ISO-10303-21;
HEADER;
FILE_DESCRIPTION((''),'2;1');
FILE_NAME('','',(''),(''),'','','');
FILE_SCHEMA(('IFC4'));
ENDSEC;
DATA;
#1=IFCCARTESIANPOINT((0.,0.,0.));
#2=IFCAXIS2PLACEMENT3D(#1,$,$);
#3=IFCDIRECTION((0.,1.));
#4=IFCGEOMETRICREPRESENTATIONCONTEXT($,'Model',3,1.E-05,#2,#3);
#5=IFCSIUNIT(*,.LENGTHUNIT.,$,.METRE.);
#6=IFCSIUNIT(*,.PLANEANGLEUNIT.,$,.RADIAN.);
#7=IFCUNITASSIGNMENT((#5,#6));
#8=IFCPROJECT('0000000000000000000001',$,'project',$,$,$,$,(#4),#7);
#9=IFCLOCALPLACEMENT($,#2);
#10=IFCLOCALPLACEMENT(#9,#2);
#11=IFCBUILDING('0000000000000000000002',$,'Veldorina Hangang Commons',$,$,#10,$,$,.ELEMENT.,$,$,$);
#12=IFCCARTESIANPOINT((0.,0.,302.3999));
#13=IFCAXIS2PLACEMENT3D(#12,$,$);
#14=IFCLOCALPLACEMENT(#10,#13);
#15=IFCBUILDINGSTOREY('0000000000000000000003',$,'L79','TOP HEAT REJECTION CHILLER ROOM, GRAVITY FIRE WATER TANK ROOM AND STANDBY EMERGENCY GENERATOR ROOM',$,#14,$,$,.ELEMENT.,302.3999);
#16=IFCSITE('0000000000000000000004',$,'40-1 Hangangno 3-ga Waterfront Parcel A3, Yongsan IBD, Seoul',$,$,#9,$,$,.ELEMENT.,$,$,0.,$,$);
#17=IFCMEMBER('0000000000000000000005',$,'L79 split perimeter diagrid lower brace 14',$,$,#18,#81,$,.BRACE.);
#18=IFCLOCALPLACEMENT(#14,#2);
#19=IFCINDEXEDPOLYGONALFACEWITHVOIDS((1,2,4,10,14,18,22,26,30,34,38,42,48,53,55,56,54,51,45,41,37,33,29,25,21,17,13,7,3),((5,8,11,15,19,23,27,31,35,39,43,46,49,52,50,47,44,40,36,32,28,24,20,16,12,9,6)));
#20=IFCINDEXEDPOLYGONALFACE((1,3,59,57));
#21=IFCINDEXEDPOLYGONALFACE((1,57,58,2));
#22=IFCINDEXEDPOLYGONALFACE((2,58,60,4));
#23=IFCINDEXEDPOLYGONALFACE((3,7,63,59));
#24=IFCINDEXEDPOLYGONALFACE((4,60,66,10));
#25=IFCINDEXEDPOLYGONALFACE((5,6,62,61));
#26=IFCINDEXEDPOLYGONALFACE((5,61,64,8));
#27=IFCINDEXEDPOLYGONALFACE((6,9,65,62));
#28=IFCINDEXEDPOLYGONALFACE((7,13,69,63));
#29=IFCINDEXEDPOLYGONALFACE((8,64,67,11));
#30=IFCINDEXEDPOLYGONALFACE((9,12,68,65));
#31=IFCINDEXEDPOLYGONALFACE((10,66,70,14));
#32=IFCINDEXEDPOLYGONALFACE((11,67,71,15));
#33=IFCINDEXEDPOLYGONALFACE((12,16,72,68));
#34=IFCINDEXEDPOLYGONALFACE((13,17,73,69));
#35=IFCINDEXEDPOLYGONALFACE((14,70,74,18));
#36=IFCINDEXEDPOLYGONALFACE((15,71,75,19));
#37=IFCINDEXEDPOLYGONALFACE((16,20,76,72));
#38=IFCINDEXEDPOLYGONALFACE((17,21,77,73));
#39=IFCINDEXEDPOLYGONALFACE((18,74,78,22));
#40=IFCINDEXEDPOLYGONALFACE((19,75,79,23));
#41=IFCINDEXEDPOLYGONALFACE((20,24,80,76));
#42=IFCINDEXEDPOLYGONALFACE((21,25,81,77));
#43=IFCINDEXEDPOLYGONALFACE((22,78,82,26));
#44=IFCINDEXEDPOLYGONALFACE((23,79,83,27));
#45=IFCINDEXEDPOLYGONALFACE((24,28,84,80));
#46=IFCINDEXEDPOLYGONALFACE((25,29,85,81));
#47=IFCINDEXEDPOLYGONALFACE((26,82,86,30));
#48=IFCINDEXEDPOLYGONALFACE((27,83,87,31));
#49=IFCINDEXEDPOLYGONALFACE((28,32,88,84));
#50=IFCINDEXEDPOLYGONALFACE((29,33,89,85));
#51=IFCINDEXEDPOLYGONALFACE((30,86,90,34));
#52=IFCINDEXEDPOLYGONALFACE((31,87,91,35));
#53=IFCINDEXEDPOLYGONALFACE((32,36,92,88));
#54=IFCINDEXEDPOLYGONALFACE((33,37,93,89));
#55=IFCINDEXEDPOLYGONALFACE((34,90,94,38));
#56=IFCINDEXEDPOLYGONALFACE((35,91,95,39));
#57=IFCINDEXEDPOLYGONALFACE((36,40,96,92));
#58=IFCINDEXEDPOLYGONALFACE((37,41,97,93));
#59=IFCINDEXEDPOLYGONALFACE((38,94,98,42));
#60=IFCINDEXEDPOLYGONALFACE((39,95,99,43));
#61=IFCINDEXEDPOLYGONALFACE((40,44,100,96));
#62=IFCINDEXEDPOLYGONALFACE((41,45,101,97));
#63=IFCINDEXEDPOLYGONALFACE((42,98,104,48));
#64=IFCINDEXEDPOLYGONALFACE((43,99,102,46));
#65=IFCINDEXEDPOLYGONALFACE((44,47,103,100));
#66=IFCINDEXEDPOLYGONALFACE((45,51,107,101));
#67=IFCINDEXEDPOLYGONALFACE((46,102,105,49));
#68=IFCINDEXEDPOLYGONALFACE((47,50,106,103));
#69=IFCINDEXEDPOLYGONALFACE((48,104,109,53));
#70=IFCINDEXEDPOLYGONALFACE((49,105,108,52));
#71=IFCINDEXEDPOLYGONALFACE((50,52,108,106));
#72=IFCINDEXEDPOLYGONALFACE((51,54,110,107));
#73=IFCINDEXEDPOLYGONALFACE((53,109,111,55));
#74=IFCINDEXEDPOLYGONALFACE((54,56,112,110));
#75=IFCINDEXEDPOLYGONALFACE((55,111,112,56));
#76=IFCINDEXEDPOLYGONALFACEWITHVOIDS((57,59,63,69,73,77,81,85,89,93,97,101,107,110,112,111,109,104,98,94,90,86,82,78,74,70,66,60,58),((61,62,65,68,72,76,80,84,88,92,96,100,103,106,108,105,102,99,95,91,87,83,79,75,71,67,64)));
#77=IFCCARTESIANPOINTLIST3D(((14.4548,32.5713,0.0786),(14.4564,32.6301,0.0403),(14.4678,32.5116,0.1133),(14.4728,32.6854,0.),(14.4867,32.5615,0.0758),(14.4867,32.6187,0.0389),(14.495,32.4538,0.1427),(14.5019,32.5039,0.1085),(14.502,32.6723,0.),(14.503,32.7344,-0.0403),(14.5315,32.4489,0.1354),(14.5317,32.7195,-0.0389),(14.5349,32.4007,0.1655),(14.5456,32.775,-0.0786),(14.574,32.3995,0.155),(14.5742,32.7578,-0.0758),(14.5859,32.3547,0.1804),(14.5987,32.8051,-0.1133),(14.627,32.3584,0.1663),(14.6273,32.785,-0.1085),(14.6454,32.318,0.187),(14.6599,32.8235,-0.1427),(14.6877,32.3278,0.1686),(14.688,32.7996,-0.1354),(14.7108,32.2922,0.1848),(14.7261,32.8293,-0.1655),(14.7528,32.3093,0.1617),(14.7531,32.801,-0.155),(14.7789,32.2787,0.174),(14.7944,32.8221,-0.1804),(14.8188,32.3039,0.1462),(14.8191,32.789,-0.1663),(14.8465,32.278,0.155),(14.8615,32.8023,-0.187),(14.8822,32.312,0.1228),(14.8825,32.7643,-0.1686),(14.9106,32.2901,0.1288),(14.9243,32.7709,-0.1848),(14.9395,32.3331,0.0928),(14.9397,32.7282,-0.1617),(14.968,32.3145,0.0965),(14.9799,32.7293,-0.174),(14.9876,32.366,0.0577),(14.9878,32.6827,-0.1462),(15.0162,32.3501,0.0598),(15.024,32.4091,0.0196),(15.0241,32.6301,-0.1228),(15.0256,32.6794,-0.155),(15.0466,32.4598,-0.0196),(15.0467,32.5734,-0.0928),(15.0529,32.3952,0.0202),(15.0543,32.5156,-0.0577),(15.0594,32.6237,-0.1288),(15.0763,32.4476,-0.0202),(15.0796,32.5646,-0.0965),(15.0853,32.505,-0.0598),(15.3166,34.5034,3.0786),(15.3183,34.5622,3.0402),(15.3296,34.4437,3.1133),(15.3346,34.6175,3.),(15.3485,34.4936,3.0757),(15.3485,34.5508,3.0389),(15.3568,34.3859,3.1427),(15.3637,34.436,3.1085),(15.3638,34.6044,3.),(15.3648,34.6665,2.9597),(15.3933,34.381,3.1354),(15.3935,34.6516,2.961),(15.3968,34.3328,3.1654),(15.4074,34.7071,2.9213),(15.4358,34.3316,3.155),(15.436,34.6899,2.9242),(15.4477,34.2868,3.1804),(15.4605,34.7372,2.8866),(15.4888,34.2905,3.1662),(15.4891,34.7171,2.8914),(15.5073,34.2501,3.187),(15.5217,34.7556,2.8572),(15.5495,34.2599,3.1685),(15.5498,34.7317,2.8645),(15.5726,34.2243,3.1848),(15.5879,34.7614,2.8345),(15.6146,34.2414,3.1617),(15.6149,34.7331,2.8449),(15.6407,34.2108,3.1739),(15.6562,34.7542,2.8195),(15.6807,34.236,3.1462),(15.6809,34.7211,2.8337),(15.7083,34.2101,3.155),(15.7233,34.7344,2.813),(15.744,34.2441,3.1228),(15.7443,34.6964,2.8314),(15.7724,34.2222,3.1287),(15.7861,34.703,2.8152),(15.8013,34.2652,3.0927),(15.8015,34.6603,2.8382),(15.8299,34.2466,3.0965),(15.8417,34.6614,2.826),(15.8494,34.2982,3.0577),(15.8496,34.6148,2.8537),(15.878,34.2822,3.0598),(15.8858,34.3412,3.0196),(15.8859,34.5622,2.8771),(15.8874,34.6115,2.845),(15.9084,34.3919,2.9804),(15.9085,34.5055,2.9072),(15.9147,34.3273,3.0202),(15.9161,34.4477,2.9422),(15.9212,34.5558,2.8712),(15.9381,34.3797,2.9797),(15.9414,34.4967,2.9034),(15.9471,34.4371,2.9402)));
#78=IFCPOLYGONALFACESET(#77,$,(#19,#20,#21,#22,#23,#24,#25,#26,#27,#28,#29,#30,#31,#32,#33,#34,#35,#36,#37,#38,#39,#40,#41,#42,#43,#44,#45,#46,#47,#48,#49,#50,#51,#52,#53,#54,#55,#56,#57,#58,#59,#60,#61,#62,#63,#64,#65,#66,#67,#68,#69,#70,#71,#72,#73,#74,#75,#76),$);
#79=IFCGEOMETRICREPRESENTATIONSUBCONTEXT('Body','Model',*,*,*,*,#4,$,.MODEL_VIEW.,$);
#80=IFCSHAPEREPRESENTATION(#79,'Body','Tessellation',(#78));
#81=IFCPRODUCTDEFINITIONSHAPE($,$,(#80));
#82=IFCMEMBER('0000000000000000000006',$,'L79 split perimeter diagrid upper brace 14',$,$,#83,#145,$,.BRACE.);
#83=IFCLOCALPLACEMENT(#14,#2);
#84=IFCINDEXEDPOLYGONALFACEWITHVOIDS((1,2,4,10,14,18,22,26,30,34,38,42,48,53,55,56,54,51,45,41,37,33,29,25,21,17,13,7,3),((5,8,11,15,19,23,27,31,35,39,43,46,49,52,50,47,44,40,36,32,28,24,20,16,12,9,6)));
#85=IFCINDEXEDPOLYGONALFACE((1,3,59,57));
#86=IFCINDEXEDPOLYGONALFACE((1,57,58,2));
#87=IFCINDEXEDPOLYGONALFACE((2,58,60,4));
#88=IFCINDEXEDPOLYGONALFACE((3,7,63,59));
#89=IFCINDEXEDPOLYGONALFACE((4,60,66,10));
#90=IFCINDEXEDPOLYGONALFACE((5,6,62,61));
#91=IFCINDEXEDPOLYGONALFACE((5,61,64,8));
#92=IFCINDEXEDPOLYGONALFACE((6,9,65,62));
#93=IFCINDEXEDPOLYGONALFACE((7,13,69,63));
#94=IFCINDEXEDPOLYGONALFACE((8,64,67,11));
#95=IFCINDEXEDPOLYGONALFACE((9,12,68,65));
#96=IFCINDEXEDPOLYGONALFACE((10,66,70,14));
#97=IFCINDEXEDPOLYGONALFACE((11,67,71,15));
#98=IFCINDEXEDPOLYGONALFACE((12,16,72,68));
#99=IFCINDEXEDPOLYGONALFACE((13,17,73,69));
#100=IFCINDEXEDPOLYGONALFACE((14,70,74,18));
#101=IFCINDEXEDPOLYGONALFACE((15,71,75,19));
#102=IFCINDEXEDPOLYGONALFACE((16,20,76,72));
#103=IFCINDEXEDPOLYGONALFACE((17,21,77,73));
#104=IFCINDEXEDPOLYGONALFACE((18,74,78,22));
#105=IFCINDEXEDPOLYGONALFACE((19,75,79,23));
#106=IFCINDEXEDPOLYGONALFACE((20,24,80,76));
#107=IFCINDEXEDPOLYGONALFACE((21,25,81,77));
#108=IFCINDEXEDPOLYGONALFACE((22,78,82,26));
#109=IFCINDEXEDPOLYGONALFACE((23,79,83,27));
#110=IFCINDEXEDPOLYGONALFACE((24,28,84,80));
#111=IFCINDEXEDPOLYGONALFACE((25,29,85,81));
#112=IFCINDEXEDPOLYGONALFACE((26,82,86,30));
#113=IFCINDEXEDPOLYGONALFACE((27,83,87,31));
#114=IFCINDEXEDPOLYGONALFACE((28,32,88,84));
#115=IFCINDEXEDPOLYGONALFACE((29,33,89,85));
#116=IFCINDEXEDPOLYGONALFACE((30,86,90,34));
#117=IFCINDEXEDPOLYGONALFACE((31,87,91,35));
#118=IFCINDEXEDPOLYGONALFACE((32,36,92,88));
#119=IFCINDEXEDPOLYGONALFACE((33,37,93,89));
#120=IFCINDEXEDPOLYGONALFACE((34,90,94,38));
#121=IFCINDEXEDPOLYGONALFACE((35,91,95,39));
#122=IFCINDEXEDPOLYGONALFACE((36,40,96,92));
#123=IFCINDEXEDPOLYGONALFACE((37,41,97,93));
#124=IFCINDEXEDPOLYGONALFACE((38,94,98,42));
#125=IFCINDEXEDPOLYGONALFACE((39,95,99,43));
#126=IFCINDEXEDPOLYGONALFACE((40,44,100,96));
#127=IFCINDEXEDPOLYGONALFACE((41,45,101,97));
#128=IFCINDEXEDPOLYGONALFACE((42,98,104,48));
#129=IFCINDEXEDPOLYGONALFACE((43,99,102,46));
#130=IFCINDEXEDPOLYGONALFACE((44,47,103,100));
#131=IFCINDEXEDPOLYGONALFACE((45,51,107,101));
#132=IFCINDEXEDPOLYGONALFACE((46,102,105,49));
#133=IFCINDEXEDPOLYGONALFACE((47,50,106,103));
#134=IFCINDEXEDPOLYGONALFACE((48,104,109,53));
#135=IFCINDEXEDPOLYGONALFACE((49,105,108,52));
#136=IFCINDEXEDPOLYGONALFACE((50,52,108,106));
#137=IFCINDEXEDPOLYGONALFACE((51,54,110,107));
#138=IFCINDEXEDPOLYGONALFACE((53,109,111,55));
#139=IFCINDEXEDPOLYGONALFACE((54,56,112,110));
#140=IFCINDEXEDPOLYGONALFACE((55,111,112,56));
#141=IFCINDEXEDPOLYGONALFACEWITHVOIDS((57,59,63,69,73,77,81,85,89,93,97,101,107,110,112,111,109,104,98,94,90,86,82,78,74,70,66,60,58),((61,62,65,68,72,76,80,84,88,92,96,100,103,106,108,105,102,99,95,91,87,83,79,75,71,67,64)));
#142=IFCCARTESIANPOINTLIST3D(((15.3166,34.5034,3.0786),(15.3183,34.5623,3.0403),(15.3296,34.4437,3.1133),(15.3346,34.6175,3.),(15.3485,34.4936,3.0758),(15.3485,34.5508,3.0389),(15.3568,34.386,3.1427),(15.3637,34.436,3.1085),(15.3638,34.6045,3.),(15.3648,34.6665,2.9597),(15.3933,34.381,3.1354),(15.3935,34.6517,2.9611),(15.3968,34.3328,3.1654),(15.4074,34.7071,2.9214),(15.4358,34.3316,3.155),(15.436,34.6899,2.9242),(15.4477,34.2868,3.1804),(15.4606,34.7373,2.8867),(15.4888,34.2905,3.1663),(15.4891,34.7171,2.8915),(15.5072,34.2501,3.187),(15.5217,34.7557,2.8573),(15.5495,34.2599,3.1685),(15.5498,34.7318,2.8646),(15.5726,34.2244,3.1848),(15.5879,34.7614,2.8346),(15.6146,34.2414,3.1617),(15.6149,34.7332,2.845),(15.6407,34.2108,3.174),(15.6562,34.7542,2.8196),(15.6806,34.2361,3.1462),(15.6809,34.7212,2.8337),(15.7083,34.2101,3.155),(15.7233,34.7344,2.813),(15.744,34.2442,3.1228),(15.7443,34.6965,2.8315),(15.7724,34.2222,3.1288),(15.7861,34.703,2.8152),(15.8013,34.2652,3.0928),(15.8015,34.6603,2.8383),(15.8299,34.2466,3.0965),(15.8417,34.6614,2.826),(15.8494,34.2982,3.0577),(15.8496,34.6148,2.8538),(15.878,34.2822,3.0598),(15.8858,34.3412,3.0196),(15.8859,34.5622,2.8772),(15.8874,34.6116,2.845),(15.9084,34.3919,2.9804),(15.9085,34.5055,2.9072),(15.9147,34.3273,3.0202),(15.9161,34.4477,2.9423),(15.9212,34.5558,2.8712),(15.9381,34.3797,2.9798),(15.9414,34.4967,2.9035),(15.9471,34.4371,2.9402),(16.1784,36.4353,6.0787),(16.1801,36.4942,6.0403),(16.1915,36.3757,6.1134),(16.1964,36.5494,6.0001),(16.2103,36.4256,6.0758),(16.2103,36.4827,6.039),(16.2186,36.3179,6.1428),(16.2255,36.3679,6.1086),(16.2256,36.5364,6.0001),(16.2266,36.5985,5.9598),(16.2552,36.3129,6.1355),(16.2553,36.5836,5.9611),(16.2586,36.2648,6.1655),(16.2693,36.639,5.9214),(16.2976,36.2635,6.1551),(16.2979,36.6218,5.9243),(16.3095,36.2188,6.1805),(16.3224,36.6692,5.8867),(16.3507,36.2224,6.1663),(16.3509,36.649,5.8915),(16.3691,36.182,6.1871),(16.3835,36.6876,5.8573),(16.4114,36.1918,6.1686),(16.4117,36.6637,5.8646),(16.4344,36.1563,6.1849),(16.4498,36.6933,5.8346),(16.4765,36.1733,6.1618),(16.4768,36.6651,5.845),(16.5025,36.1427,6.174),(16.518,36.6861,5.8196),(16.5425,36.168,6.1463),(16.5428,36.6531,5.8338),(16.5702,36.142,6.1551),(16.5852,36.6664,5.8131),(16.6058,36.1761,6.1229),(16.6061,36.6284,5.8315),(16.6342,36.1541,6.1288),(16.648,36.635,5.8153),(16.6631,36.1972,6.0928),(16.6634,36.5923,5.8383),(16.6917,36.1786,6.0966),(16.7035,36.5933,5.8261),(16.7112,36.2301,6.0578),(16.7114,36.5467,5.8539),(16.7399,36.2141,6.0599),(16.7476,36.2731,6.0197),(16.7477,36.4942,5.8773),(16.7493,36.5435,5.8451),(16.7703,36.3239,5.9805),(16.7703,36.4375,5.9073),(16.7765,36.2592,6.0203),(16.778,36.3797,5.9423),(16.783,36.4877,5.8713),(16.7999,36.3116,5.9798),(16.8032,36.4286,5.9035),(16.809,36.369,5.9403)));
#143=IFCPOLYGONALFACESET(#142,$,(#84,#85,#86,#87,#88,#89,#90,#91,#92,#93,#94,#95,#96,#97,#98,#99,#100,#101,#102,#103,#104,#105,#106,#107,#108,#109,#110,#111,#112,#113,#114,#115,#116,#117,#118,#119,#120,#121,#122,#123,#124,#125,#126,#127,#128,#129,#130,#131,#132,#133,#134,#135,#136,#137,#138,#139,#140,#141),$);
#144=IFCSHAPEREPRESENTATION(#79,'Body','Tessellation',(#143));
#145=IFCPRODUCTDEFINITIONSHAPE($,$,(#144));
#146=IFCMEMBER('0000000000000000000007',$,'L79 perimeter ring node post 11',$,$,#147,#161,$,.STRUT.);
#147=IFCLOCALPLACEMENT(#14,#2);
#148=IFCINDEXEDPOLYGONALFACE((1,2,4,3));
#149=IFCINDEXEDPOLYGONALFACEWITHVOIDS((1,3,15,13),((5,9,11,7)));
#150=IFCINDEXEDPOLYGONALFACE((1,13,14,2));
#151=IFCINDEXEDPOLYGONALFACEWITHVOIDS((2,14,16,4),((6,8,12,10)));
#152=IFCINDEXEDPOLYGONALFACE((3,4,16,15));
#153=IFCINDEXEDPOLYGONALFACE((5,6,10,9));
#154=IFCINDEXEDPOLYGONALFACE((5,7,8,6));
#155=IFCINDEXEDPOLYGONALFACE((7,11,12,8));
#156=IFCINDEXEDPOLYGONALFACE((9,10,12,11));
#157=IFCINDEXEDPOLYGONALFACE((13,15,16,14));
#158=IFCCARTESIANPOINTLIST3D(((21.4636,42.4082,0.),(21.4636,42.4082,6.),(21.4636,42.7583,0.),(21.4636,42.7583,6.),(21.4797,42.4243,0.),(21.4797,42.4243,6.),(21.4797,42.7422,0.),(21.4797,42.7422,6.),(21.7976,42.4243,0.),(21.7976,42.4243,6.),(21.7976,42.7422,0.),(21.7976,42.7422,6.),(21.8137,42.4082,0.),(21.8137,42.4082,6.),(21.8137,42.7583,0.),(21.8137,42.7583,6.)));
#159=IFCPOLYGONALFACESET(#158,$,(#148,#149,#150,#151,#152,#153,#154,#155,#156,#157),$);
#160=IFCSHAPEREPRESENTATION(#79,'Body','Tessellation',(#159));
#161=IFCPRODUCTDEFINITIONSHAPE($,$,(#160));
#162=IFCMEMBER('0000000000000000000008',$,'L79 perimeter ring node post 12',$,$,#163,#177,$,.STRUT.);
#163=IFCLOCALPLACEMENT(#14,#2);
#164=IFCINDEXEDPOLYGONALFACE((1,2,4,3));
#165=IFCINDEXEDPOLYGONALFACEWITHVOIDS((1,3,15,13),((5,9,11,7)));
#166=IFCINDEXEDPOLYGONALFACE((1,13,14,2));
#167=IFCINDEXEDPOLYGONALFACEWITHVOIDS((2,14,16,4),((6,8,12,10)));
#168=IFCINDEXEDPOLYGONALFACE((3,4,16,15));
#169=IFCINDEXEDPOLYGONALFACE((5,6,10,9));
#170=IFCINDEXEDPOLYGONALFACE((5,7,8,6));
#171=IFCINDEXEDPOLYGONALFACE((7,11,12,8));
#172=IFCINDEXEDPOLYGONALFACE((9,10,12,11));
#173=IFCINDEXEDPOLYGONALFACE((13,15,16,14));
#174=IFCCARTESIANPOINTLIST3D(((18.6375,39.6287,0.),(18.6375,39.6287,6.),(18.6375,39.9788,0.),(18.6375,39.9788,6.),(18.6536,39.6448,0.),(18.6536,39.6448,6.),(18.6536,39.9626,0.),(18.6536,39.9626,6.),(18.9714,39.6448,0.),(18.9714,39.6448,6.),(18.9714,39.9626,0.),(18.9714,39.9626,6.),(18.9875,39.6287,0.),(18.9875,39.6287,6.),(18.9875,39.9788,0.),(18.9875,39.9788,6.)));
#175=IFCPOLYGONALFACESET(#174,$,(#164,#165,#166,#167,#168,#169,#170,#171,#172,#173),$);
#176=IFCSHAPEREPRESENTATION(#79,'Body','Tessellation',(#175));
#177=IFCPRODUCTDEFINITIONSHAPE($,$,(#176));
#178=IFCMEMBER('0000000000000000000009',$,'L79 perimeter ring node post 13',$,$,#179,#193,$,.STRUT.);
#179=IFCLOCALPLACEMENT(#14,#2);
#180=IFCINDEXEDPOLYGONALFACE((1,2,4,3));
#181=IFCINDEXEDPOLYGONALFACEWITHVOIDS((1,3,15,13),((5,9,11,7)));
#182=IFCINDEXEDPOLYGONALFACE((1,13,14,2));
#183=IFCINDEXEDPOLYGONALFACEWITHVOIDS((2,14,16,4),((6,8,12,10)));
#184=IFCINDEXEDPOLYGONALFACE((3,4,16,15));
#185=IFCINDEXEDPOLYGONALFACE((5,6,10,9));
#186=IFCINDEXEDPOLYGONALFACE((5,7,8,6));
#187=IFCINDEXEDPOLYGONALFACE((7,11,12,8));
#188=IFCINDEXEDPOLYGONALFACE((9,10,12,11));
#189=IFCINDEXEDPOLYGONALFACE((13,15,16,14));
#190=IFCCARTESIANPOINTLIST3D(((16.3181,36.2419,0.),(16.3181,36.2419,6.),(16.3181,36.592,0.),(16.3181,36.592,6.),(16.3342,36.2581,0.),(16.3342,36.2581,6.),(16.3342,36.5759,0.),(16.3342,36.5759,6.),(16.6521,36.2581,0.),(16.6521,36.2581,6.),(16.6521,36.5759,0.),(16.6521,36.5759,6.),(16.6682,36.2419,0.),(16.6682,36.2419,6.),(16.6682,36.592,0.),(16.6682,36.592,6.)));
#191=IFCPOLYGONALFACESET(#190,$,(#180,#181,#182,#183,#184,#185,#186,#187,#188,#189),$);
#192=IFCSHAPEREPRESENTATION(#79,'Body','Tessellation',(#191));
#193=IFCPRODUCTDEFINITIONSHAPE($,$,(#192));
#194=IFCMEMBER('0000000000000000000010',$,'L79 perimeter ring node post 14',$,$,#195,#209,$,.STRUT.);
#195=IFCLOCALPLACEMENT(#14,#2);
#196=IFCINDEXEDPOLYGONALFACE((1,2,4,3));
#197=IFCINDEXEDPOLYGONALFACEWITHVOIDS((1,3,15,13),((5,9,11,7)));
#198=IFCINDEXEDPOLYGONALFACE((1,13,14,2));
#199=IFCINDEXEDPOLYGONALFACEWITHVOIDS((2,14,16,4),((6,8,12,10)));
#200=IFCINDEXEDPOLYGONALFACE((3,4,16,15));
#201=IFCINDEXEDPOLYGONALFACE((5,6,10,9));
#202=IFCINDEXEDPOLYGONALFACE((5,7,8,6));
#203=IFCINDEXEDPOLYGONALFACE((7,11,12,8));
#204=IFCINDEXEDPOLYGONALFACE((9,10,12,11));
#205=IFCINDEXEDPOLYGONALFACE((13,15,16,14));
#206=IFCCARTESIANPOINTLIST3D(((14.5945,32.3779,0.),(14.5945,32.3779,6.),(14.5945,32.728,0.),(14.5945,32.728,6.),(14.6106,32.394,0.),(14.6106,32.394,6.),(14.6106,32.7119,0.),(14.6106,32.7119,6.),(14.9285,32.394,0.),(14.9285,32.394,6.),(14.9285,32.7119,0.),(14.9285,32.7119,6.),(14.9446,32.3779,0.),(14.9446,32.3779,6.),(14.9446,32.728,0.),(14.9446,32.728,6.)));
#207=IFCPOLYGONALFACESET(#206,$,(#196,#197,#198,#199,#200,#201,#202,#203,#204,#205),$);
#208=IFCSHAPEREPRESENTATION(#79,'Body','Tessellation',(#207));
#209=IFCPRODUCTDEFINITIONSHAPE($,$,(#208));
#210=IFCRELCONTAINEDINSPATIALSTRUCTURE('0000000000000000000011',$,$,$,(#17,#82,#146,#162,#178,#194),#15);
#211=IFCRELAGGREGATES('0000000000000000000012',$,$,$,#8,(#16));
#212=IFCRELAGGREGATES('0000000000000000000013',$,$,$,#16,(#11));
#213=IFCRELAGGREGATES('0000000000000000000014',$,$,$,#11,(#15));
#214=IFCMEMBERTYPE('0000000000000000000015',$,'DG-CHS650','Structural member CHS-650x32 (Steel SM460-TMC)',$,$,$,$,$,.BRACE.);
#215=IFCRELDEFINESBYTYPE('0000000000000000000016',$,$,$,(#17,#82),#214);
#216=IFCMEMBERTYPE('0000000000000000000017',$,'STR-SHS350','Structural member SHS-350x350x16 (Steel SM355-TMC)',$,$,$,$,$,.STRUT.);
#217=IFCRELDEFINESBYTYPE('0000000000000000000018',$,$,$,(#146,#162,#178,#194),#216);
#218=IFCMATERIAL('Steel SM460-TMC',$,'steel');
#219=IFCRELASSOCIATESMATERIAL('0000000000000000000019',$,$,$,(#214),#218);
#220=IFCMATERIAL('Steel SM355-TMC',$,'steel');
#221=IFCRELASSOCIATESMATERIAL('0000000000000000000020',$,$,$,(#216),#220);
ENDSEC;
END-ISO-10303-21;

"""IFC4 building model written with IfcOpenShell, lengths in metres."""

from ifc_helpers import new_model, si_unit, direction, frame, origin, origin_2d, place, context, subcontext, project, spatial, hollow_rectangle, hollow_circle, extrude, material, material_profile, profile_set, type_object, element, save


model = new_model("IFC4")

# Units and contexts
model_context = context("Model", 3, precision=1e-05, world=origin(), true_north=direction((0.0, 1.0)))
body_context = subcontext(model_context, "Body", "Model", "MODEL_VIEW")
ifc_project = project(units=[si_unit("LENGTHUNIT", "METRE"), si_unit("PLANEANGLEUNIT", "RADIAN")], contexts=[model_context])

# Site, building, storey
site_placement = place(None, origin())
site = spatial("IfcSite", under=ifc_project, at=site_placement, Name="40-1 Hangangno 3-ga Waterfront Parcel A3, Yongsan IBD, Seoul", CompositionType="ELEMENT", RefElevation=0.0)
building_placement = place(site_placement, origin())
building = spatial("IfcBuilding", under=site, at=building_placement, Name="Veldorina Hangang Commons", CompositionType="ELEMENT")
storey_placement = place(building_placement, frame((0.0, 0.0, 302.3999)))
storey = spatial("IfcBuildingStorey", under=building, at=storey_placement, Name="L79", Description="TOP HEAT REJECTION CHILLER ROOM, GRAVITY FIRE WATER TANK ROOM AND STANDBY EMERGENCY GENERATOR ROOM", CompositionType="ELEMENT", Elevation=302.3999)

# Shared definitions
ifc_material_1 = material(Name="Steel SM460-TMC", Category="steel")
ifc_material_2 = material(Name="Steel SM355-TMC", Category="steel")

# Members
ifc_material_profile_1 = material_profile(ifc_material_1, hollow_circle(Radius=0.325, WallThickness=0.032, at=origin_2d()), Name="CHS-650x32")
ifc_profile_set_1 = profile_set([ifc_material_profile_1], Name="Steel SM460-TMC")
member_type_1 = type_object("IfcMemberType", Name="DG-CHS650", Description="Structural member CHS-650x32 (Steel SM460-TMC)", PredefinedType="BRACE", material=ifc_profile_set_1)
for number, where, z_axis, x_axis, name in (
    (1, (14.7695, 32.553, 0.0), (0.234767, 0.52633, 0.817228), (-0.913268, 0.407359, 0.0), "L79 split perimeter diagrid lower brace 14"),
    (2, (15.6313, 34.4851, 3.0), (0.234775, 0.526282, 0.817256), (-0.913249, 0.407402, 0.0), "L79 split perimeter diagrid upper brace 14"),
):
    element("IfcMember", number, at=place(storey_placement, frame(where, z_axis=z_axis, x_axis=x_axis)), inside=storey, type_object=member_type_1, Name=name, PredefinedType="BRACE", context=body_context, shape_type="SweptSolid", body=[
        extrude(hollow_circle(Radius=0.325, WallThickness=0.032, at=origin_2d()), origin(), (0.0, 0.0, 1.0), 3.6709),
    ])
ifc_material_profile_2 = material_profile(ifc_material_2, hollow_rectangle(XDim=0.3501, YDim=0.3501, WallThickness=0.0161, at=origin_2d()), Name="SHS-350x350x16")
ifc_profile_set_2 = profile_set([ifc_material_profile_2], Name="Steel SM355-TMC")
member_type_2 = type_object("IfcMemberType", Name="STR-SHS350", Description="Structural member SHS-350x350x16 (Steel SM355-TMC)", PredefinedType="STRUT", material=ifc_profile_set_2)
for number, where, z_axis, x_axis, name in (
    (3, (21.6387, 42.5833, 0.0), (0.0, 0.0, 1.0), (1.0, 0.0, 0.0), "L79 perimeter ring node post 11"),
    (4, (18.8125, 39.8037, 0.0), (0.0, 0.0, 1.0), (1.0, 0.0, 0.0), "L79 perimeter ring node post 12"),
    (5, (16.4932, 36.417, 0.0), (0.0, 0.0, 1.0), (1.0, 0.0, 0.0), "L79 perimeter ring node post 13"),
    (6, (14.7695, 32.553, 0.0), (0.0, 0.0, 1.0), (1.0, 0.0, 0.0), "L79 perimeter ring node post 14"),
):
    element("IfcMember", number, at=place(storey_placement, frame(where, z_axis=z_axis, x_axis=x_axis)), inside=storey, type_object=member_type_2, Name=name, PredefinedType="STRUT", context=body_context, shape_type="SweptSolid", body=[
        extrude(hollow_rectangle(XDim=0.3501, YDim=0.3501, WallThickness=0.0161, at=origin_2d()), origin(), (0.0, 0.0, 1.0), 6.0),
    ])

save(model, "model.ifc")
